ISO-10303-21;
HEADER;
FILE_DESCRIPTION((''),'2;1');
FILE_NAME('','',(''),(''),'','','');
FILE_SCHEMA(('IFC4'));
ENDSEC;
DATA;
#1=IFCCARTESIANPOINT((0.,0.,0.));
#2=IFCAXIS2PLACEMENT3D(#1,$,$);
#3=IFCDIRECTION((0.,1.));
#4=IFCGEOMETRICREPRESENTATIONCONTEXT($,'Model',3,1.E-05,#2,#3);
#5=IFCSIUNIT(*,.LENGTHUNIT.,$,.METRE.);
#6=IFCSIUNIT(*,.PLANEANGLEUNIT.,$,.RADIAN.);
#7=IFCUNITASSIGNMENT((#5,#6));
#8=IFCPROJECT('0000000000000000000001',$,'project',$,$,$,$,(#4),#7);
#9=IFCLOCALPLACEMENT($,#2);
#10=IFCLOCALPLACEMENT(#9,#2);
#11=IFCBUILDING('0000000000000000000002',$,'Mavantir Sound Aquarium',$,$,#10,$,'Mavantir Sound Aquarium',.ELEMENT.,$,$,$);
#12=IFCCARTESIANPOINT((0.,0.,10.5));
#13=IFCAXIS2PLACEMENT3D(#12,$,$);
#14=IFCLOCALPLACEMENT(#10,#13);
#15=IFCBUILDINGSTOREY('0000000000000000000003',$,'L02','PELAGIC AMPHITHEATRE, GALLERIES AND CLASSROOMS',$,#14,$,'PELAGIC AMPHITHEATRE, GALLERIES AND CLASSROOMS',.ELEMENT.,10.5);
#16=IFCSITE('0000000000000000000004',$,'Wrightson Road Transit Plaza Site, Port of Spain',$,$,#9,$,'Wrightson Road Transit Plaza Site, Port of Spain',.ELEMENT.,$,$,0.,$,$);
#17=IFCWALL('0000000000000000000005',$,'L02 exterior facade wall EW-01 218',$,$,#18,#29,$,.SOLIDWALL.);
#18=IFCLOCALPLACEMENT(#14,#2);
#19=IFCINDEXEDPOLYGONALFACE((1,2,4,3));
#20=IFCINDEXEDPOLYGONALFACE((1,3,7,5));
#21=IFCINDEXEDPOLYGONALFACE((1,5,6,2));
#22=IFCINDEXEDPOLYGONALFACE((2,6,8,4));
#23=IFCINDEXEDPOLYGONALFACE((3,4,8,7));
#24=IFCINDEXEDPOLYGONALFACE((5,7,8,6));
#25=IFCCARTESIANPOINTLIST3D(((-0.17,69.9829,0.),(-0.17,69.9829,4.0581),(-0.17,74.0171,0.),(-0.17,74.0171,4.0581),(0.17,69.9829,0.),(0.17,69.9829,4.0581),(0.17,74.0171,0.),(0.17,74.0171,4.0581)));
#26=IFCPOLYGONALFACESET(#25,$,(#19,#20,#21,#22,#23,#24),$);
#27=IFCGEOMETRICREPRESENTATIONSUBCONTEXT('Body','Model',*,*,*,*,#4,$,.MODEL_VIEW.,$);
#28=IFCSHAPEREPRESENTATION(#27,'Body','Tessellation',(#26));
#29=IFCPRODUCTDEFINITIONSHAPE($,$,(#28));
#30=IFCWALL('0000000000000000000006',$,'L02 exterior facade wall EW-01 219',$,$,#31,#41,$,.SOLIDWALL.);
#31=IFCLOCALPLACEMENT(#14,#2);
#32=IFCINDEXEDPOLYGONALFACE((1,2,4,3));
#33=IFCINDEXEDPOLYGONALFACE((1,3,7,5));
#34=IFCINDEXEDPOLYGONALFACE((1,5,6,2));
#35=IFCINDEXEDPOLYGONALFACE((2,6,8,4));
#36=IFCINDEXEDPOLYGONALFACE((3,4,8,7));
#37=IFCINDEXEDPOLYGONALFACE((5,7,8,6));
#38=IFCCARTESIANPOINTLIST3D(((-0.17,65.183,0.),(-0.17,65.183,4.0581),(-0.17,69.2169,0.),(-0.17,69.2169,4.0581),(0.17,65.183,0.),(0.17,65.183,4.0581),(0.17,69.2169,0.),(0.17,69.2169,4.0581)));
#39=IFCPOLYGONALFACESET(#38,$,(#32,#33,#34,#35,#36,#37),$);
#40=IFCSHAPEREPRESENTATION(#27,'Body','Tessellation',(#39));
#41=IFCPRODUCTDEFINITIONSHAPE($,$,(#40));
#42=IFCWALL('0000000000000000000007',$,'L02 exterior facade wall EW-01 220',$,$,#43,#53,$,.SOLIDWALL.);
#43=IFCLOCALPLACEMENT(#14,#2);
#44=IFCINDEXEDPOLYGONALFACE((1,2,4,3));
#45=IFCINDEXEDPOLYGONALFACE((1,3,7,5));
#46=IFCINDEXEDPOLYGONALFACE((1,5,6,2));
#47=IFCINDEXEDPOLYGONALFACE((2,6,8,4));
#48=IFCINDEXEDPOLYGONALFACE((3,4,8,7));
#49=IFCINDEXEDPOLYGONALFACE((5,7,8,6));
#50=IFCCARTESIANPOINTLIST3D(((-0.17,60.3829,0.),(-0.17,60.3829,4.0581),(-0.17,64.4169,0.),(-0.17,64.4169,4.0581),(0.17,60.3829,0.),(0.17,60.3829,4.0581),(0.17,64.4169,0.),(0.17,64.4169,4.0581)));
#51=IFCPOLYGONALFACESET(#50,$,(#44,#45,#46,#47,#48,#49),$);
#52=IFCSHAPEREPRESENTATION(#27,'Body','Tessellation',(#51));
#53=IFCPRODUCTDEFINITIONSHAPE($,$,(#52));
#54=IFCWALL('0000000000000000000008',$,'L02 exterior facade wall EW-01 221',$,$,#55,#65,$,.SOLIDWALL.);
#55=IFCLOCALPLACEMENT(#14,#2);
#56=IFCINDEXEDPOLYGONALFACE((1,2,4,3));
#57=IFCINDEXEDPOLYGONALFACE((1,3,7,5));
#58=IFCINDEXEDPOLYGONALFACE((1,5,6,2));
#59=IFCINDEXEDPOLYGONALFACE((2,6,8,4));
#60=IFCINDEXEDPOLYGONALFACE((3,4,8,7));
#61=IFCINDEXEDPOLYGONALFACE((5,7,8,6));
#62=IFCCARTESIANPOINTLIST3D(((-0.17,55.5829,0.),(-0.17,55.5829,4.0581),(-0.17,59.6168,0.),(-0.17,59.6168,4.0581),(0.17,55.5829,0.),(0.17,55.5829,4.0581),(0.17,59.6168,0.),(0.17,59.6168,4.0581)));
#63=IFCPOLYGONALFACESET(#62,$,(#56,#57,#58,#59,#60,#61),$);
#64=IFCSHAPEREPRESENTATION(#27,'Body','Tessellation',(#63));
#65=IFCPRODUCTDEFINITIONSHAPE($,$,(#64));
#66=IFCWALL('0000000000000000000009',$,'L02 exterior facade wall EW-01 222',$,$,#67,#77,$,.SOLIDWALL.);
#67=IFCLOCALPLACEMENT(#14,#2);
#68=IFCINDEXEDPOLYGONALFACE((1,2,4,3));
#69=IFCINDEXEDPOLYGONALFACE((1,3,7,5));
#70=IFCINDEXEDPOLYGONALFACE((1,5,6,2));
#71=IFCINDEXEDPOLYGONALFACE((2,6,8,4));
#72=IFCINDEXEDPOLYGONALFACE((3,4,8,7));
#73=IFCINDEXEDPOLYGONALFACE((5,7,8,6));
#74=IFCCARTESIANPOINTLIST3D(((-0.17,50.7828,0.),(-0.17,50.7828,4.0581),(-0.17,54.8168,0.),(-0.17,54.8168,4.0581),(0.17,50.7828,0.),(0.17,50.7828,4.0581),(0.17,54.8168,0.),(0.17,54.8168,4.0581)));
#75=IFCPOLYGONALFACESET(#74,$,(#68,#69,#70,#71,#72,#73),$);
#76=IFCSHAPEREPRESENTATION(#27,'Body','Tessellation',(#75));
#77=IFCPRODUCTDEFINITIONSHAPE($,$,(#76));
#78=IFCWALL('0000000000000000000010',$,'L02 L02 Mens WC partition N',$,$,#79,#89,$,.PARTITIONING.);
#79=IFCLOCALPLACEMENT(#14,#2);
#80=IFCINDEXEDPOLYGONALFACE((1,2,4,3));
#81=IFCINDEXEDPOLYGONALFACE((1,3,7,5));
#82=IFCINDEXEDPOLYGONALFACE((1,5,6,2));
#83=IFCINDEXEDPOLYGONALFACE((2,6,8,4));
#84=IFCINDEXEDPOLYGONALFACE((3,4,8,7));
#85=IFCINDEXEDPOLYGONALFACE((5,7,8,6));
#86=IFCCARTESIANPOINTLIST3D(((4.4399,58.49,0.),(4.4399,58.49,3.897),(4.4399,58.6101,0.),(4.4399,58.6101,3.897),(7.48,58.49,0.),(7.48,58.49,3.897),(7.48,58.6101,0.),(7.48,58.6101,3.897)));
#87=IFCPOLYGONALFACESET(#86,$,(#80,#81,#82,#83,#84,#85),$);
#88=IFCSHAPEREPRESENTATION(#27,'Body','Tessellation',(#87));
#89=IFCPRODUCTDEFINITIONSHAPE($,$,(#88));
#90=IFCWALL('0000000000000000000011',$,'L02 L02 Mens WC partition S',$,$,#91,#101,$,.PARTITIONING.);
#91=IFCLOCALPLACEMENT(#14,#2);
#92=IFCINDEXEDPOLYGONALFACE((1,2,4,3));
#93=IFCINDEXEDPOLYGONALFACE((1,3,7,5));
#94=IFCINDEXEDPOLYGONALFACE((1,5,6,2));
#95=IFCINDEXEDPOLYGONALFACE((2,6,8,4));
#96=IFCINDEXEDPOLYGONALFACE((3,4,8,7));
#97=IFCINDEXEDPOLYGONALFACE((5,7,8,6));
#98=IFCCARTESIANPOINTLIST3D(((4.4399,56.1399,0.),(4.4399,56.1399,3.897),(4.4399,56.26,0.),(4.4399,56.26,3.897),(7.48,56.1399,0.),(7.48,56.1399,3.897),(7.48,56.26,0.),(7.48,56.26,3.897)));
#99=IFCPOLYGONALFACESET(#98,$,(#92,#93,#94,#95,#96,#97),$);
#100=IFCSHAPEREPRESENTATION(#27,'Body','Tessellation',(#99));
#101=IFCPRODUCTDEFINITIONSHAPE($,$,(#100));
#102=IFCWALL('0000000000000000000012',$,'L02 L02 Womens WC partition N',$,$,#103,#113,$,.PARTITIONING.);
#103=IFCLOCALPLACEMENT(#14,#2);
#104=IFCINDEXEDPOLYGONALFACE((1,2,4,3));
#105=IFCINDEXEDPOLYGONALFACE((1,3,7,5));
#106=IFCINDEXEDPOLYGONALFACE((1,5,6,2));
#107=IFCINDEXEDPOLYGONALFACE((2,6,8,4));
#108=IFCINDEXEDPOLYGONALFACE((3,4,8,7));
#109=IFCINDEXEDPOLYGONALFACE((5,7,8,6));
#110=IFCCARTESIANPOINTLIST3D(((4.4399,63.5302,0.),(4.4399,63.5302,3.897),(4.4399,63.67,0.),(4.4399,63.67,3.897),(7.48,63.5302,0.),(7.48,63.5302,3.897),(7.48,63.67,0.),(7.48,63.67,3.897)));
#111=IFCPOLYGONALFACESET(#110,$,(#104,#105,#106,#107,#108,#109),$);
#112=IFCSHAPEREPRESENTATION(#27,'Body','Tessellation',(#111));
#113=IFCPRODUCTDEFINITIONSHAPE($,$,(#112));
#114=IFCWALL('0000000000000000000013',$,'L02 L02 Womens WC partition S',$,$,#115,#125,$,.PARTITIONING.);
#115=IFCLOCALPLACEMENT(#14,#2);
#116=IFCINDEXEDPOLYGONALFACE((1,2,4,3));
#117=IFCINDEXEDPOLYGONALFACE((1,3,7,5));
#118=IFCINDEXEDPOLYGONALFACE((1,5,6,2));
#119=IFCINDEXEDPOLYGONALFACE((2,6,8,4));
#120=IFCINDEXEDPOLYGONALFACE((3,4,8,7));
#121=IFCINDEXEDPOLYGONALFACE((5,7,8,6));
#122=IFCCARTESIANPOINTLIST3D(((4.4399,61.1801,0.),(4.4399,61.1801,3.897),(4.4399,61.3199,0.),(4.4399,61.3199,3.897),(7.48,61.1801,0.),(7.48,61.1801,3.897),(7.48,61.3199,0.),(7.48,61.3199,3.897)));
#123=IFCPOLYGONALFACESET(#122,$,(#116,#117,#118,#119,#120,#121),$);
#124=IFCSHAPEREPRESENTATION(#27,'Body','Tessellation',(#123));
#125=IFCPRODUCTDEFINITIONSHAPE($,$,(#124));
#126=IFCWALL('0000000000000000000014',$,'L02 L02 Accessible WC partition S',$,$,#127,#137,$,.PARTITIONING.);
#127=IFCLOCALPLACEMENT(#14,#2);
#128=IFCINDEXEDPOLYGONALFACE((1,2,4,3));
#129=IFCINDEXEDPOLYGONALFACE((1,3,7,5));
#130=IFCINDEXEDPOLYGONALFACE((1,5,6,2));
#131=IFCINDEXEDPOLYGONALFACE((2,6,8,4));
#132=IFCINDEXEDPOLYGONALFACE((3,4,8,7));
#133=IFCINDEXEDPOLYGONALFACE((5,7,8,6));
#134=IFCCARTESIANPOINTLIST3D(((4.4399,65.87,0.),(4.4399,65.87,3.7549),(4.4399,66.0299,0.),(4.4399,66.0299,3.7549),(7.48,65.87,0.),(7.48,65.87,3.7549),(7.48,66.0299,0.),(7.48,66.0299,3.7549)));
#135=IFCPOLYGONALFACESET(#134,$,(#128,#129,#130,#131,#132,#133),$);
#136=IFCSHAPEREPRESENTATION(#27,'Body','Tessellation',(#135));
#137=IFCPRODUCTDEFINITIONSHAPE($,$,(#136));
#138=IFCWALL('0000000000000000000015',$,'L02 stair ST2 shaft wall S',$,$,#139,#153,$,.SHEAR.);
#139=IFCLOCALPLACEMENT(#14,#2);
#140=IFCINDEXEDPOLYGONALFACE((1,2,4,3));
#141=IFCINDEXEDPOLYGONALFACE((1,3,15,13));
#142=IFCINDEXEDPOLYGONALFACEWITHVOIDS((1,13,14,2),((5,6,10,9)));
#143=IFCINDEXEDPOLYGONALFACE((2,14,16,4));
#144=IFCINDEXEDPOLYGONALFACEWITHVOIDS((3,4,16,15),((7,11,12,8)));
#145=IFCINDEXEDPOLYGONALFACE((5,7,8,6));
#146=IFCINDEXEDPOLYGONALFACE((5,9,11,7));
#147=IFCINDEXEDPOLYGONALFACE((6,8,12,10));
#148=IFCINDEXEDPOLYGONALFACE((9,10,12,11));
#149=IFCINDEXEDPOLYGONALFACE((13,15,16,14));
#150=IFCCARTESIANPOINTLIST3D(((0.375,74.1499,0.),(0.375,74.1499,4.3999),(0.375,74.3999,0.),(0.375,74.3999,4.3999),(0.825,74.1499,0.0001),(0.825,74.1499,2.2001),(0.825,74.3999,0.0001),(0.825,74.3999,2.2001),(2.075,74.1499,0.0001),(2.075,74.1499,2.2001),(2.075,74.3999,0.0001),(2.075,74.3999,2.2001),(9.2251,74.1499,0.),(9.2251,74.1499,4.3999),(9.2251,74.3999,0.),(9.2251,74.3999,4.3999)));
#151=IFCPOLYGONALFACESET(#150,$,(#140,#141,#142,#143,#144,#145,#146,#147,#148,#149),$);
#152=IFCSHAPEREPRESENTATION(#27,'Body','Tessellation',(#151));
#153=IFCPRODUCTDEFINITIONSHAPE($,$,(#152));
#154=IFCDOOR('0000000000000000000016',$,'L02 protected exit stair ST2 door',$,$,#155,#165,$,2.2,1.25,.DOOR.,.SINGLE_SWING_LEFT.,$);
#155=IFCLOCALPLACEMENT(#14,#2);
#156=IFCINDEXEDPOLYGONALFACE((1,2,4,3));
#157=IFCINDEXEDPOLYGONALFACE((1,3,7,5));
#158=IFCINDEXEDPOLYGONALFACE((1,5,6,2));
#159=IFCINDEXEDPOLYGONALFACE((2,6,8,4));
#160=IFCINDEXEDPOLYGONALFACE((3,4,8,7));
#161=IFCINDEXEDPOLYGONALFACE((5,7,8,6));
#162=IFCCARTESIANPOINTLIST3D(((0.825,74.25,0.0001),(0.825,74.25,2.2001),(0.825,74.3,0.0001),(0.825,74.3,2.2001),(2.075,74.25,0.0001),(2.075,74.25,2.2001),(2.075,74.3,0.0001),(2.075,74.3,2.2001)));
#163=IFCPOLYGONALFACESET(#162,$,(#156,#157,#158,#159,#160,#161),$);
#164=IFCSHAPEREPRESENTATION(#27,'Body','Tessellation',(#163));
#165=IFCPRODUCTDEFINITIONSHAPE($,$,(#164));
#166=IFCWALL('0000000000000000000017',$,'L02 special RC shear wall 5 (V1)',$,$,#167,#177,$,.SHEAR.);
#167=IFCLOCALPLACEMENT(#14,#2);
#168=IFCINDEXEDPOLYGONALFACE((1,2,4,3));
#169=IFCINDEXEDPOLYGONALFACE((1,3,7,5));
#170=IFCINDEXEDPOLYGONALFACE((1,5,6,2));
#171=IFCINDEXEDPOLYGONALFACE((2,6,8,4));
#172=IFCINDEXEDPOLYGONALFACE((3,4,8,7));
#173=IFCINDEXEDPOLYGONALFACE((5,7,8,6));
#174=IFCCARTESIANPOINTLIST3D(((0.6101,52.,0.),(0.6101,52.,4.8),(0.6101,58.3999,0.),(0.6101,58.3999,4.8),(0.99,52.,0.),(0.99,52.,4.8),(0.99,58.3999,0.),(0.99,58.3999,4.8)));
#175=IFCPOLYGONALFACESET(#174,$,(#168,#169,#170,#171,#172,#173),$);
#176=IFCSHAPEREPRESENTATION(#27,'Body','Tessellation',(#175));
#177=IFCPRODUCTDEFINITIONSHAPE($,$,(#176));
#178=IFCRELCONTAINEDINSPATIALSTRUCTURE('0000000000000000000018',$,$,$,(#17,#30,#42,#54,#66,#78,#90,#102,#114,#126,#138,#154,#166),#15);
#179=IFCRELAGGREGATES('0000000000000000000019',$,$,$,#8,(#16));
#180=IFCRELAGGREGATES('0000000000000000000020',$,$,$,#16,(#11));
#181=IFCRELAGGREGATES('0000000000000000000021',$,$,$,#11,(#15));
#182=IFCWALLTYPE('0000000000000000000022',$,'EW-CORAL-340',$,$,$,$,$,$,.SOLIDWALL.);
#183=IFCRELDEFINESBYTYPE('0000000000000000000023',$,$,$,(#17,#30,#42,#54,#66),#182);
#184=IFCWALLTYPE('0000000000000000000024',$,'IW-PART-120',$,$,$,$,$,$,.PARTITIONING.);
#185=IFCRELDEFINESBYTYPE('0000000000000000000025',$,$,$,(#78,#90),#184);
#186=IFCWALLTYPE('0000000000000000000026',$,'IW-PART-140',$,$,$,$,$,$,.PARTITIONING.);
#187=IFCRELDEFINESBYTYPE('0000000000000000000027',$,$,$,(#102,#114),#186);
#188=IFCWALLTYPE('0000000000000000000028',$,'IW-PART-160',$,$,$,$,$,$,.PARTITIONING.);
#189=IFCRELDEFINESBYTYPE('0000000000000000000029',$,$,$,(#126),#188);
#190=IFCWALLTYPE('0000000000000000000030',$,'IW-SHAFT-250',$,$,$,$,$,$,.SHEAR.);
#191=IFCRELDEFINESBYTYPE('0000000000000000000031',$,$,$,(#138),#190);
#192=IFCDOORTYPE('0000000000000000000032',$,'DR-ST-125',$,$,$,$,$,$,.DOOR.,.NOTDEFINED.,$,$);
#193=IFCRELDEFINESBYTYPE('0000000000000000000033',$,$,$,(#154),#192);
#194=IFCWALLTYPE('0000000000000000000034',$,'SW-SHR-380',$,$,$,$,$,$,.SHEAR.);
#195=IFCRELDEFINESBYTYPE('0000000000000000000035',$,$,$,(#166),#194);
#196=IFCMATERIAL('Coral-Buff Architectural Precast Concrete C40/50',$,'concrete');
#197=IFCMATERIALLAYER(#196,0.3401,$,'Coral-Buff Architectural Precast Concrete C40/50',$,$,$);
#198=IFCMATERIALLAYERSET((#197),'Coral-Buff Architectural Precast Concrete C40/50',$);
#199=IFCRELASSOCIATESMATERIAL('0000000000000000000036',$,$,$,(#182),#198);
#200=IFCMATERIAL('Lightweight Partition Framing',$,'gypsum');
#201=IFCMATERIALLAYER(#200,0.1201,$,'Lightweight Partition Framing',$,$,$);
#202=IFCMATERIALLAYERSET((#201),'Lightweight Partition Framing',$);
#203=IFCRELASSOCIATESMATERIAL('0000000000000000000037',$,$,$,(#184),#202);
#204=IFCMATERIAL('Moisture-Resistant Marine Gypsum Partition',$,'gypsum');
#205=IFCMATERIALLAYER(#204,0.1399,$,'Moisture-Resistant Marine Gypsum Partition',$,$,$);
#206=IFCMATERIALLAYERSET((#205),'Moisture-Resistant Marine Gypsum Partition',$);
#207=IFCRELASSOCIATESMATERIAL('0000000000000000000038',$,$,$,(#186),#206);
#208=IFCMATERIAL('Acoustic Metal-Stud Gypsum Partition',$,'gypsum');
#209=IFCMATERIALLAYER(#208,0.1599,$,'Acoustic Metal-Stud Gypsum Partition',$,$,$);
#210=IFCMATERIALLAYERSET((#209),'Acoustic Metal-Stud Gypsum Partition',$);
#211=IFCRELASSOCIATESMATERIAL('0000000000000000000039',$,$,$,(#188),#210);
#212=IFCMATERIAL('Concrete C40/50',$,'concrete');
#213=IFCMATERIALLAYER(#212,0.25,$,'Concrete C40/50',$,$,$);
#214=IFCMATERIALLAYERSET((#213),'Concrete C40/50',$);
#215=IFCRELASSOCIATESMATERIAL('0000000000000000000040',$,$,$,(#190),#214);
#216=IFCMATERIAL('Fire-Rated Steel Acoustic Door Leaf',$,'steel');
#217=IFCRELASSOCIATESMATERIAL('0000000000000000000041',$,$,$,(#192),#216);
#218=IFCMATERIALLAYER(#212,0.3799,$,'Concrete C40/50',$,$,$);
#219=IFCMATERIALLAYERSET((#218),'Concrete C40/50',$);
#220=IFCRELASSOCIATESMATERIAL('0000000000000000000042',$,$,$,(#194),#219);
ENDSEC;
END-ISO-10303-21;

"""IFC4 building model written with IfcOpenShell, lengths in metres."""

from ifc_helpers import new_model, si_unit, direction, frame, frame_2d, origin, place, context, subcontext, project, spatial, rectangle, extrude, material, layer, layer_set, type_object, element, fill, save


model = new_model("IFC4")

# Units and contexts
model_context = context("Model", 3, precision=1e-05, world=origin(), true_north=direction((0.0, 1.0)))
body_context = subcontext(model_context, "Body", "Model", "MODEL_VIEW")
ifc_project = project(units=[si_unit("LENGTHUNIT", "METRE"), si_unit("PLANEANGLEUNIT", "RADIAN")], contexts=[model_context])

# Site, building, storey
site_placement = place(None, origin())
site = spatial("IfcSite", under=ifc_project, at=site_placement, Name="Wrightson Road Transit Plaza Site, Port of Spain", LongName="Wrightson Road Transit Plaza Site, Port of Spain", CompositionType="ELEMENT", RefElevation=0.0)
building_placement = place(site_placement, origin())
building = spatial("IfcBuilding", under=site, at=building_placement, Name="Mavantir Sound Aquarium", LongName="Mavantir Sound Aquarium", CompositionType="ELEMENT")
storey_placement = place(building_placement, frame((0.0, 0.0, 10.5)))
storey = spatial("IfcBuildingStorey", under=building, at=storey_placement, Name="L02", Description="PELAGIC AMPHITHEATRE, GALLERIES AND CLASSROOMS", LongName="PELAGIC AMPHITHEATRE, GALLERIES AND CLASSROOMS", CompositionType="ELEMENT", Elevation=10.5)

# Shared definitions
ifc_material_1 = material(Name="Concrete C40/50", Category="concrete")

# Walls
ifc_material_2 = material(Name="Coral-Buff Architectural Precast Concrete C40/50", Category="concrete")
ifc_layer_1 = layer(ifc_material_2, 0.3401, Name="Coral-Buff Architectural Precast Concrete C40/50")
ifc_layer_set_1 = layer_set([ifc_layer_1], Name="Coral-Buff Architectural Precast Concrete C40/50")
wall_type_1 = type_object("IfcWallType", Name="EW-CORAL-340", PredefinedType="SOLIDWALL", material=ifc_layer_set_1)
wall_1_placement = place(storey_placement, frame((0.0, 74.0171, 0.0), z_axis=(0.0, 0.0, 1.0), x_axis=(0.0, -1.0, 0.0)))
element("IfcWall", 1, at=wall_1_placement, inside=storey, type_object=wall_type_1, Name="L02 exterior facade wall EW-01 218", PredefinedType="SOLIDWALL", context=body_context, shape_type="SweptSolid", body=[
    extrude(rectangle(XDim=4.0342, YDim=0.3401, at=frame_2d((2.0171, 0.0))), origin(), (0.0, 0.0, 1.0), 4.0581),
])
for number, where, z_axis, x_axis, name in (
    (2, (0.0, 69.217, 0.0), (0.0, 0.0, 1.0), (0.0, -1.0, 0.0), "L02 exterior facade wall EW-01 219"),
    (3, (0.0, 64.417, 0.0), (0.0, 0.0, 1.0), (0.0, -1.0, 0.0), "L02 exterior facade wall EW-01 220"),
    (4, (0.0, 59.6169, 0.0), (0.0, 0.0, 1.0), (0.0, -1.0, 0.0), "L02 exterior facade wall EW-01 221"),
    (5, (0.0, 54.8169, 0.0), (0.0, 0.0, 1.0), (0.0, -1.0, 0.0), "L02 exterior facade wall EW-01 222"),
):
    element("IfcWall", number, at=place(storey_placement, frame(where, z_axis=z_axis, x_axis=x_axis)), inside=storey, type_object=wall_type_1, Name=name, PredefinedType="SOLIDWALL", context=body_context, shape_type="SweptSolid", body=[
        extrude(rectangle(XDim=4.0339, YDim=0.3401, at=frame_2d((2.0171, 0.0))), origin(), (0.0, 0.0, 1.0), 4.0581),
    ])
ifc_material_3 = material(Name="Lightweight Partition Framing", Category="gypsum")
ifc_layer_2 = layer(ifc_material_3, 0.1201, Name="Lightweight Partition Framing")
ifc_layer_set_2 = layer_set([ifc_layer_2], Name="Lightweight Partition Framing")
wall_type_2 = type_object("IfcWallType", Name="IW-PART-120", PredefinedType="PARTITIONING", material=ifc_layer_set_2)
for number, where, z_axis, x_axis, name in (
    (6, (4.4399, 58.55, 0.0), (0.0, 0.0, 1.0), (1.0, 0.0, 0.0), "L02 L02 Mens WC partition N"),
    (7, (4.4399, 56.2, 0.0), (0.0, 0.0, 1.0), (1.0, 0.0, 0.0), "L02 L02 Mens WC partition S"),
):
    element("IfcWall", number, at=place(storey_placement, frame(where, z_axis=z_axis, x_axis=x_axis)), inside=storey, type_object=wall_type_2, Name=name, PredefinedType="PARTITIONING", context=body_context, shape_type="SweptSolid", body=[
        extrude(rectangle(XDim=3.04, YDim=0.1201, at=frame_2d((1.52, 0.0))), origin(), (0.0, 0.0, 1.0), 3.897),
    ])

# Walls
ifc_material_4 = material(Name="Moisture-Resistant Marine Gypsum Partition", Category="gypsum")
ifc_layer_3 = layer(ifc_material_4, 0.1399, Name="Moisture-Resistant Marine Gypsum Partition")
ifc_layer_set_3 = layer_set([ifc_layer_3], Name="Moisture-Resistant Marine Gypsum Partition")
wall_type_3 = type_object("IfcWallType", Name="IW-PART-140", PredefinedType="PARTITIONING", material=ifc_layer_set_3)
for number, where, z_axis, x_axis, name in (
    (8, (4.4399, 63.6001, 0.0), (0.0, 0.0, 1.0), (1.0, 0.0, 0.0), "L02 L02 Womens WC partition N"),
    (9, (4.4399, 61.25, 0.0), (0.0, 0.0, 1.0), (1.0, 0.0, 0.0), "L02 L02 Womens WC partition S"),
):
    element("IfcWall", number, at=place(storey_placement, frame(where, z_axis=z_axis, x_axis=x_axis)), inside=storey, type_object=wall_type_3, Name=name, PredefinedType="PARTITIONING", context=body_context, shape_type="SweptSolid", body=[
        extrude(rectangle(XDim=3.04, YDim=0.1399, at=frame_2d((1.52, 0.0))), origin(), (0.0, 0.0, 1.0), 3.897),
    ])

# Wall
ifc_material_5 = material(Name="Acoustic Metal-Stud Gypsum Partition", Category="gypsum")
ifc_layer_4 = layer(ifc_material_5, 0.1599, Name="Acoustic Metal-Stud Gypsum Partition")
ifc_layer_set_4 = layer_set([ifc_layer_4], Name="Acoustic Metal-Stud Gypsum Partition")
wall_type_4 = type_object("IfcWallType", Name="IW-PART-160", PredefinedType="PARTITIONING", material=ifc_layer_set_4)
wall_2_placement = place(storey_placement, frame((4.4399, 65.95, 0.0), z_axis=(0.0, 0.0, 1.0), x_axis=(1.0, 0.0, 0.0)))
element("IfcWall", 10, at=wall_2_placement, inside=storey, type_object=wall_type_4, Name="L02 L02 Accessible WC partition S", PredefinedType="PARTITIONING", context=body_context, shape_type="SweptSolid", body=[
    extrude(rectangle(XDim=3.04, YDim=0.1599, at=frame_2d((1.52, 0.0))), origin(), (0.0, 0.0, 1.0), 3.7549),
])

# Wall, opening, door
ifc_layer_5 = layer(ifc_material_1, 0.25, Name="Concrete C40/50")
ifc_layer_set_5 = layer_set([ifc_layer_5], Name="Concrete C40/50")
wall_type_5 = type_object("IfcWallType", Name="IW-SHAFT-250", PredefinedType="SHEAR", material=ifc_layer_set_5)
wall_3_placement = place(storey_placement, frame((0.375, 74.2749, 0.0), z_axis=(0.0, 0.0, 1.0), x_axis=(1.0, 0.0, 0.0)))
wall_3 = element("IfcWall", 11, at=wall_3_placement, inside=storey, type_object=wall_type_5, Name="L02 stair ST2 shaft wall S", PredefinedType="SHEAR", context=body_context, shape_type="SweptSolid", body=[
    extrude(rectangle(XDim=8.8501, YDim=0.25, at=frame_2d((4.425, 0.0))), origin(), (0.0, 0.0, 1.0), 4.3999),
])
opening_1_placement = place(wall_3_placement, frame((1.7, 0.0, 0.0), z_axis=(0.0, 0.0, 1.0), x_axis=(-1.0, 0.0, 0.0)))
opening_1 = element("IfcOpeningElement", 12, at=opening_1_placement, cuts=wall_3, PredefinedType="OPENING", context=body_context, shape_type="SweptSolid", body=[
    extrude(rectangle(XDim=1.25, YDim=2.2, at=frame_2d((0.625, 1.1001))), frame((0.0, 0.135, 0.0), z_axis=(0.0, -1.0, 0.0), x_axis=(1.0, 0.0, 0.0)), (0.0, 0.0, 1.0), 0.27),
])
ifc_material_6 = material(Name="Fire-Rated Steel Acoustic Door Leaf", Category="steel")
door_type_1 = type_object("IfcDoorType", Name="DR-ST-125", OperationType="NOTDEFINED", PredefinedType="DOOR", material=ifc_material_6)
door_1_placement = place(opening_1_placement, origin())
door_1 = element("IfcDoor", 13, at=door_1_placement, inside=storey, type_object=door_type_1, Name="L02 protected exit stair ST2 door", OperationType="SINGLE_SWING_LEFT", OverallHeight=2.2, OverallWidth=1.25, PredefinedType="DOOR", context=body_context, shape_type="SweptSolid", body=[
    extrude(rectangle(XDim=1.25, YDim=2.2, at=frame_2d((0.625, 1.1001))), frame((0.0, 0.0249, 0.0), z_axis=(0.0, -1.0, 0.0), x_axis=(1.0, 0.0, 0.0)), (0.0, 0.0, 1.0), 0.05),
])
fill(opening_1, door_1)

# Wall
ifc_layer_6 = layer(ifc_material_1, 0.3799, Name="Concrete C40/50")
ifc_layer_set_6 = layer_set([ifc_layer_6], Name="Concrete C40/50")
wall_type_6 = type_object("IfcWallType", Name="SW-SHR-380", PredefinedType="SHEAR", material=ifc_layer_set_6)
wall_4_placement = place(storey_placement, frame((0.8, 52.0, 0.0), z_axis=(0.0, 0.0, 1.0), x_axis=(0.0, 1.0, 0.0)))
element("IfcWall", 14, at=wall_4_placement, inside=storey, type_object=wall_type_6, Name="L02 special RC shear wall 5 (V1)", PredefinedType="SHEAR", context=body_context, shape_type="SweptSolid", body=[
    extrude(rectangle(XDim=6.3999, YDim=0.3799, at=frame_2d((3.2, 0.0))), origin(), (0.0, 0.0, 1.0), 4.8),
])

save(model, "model.ifc")
